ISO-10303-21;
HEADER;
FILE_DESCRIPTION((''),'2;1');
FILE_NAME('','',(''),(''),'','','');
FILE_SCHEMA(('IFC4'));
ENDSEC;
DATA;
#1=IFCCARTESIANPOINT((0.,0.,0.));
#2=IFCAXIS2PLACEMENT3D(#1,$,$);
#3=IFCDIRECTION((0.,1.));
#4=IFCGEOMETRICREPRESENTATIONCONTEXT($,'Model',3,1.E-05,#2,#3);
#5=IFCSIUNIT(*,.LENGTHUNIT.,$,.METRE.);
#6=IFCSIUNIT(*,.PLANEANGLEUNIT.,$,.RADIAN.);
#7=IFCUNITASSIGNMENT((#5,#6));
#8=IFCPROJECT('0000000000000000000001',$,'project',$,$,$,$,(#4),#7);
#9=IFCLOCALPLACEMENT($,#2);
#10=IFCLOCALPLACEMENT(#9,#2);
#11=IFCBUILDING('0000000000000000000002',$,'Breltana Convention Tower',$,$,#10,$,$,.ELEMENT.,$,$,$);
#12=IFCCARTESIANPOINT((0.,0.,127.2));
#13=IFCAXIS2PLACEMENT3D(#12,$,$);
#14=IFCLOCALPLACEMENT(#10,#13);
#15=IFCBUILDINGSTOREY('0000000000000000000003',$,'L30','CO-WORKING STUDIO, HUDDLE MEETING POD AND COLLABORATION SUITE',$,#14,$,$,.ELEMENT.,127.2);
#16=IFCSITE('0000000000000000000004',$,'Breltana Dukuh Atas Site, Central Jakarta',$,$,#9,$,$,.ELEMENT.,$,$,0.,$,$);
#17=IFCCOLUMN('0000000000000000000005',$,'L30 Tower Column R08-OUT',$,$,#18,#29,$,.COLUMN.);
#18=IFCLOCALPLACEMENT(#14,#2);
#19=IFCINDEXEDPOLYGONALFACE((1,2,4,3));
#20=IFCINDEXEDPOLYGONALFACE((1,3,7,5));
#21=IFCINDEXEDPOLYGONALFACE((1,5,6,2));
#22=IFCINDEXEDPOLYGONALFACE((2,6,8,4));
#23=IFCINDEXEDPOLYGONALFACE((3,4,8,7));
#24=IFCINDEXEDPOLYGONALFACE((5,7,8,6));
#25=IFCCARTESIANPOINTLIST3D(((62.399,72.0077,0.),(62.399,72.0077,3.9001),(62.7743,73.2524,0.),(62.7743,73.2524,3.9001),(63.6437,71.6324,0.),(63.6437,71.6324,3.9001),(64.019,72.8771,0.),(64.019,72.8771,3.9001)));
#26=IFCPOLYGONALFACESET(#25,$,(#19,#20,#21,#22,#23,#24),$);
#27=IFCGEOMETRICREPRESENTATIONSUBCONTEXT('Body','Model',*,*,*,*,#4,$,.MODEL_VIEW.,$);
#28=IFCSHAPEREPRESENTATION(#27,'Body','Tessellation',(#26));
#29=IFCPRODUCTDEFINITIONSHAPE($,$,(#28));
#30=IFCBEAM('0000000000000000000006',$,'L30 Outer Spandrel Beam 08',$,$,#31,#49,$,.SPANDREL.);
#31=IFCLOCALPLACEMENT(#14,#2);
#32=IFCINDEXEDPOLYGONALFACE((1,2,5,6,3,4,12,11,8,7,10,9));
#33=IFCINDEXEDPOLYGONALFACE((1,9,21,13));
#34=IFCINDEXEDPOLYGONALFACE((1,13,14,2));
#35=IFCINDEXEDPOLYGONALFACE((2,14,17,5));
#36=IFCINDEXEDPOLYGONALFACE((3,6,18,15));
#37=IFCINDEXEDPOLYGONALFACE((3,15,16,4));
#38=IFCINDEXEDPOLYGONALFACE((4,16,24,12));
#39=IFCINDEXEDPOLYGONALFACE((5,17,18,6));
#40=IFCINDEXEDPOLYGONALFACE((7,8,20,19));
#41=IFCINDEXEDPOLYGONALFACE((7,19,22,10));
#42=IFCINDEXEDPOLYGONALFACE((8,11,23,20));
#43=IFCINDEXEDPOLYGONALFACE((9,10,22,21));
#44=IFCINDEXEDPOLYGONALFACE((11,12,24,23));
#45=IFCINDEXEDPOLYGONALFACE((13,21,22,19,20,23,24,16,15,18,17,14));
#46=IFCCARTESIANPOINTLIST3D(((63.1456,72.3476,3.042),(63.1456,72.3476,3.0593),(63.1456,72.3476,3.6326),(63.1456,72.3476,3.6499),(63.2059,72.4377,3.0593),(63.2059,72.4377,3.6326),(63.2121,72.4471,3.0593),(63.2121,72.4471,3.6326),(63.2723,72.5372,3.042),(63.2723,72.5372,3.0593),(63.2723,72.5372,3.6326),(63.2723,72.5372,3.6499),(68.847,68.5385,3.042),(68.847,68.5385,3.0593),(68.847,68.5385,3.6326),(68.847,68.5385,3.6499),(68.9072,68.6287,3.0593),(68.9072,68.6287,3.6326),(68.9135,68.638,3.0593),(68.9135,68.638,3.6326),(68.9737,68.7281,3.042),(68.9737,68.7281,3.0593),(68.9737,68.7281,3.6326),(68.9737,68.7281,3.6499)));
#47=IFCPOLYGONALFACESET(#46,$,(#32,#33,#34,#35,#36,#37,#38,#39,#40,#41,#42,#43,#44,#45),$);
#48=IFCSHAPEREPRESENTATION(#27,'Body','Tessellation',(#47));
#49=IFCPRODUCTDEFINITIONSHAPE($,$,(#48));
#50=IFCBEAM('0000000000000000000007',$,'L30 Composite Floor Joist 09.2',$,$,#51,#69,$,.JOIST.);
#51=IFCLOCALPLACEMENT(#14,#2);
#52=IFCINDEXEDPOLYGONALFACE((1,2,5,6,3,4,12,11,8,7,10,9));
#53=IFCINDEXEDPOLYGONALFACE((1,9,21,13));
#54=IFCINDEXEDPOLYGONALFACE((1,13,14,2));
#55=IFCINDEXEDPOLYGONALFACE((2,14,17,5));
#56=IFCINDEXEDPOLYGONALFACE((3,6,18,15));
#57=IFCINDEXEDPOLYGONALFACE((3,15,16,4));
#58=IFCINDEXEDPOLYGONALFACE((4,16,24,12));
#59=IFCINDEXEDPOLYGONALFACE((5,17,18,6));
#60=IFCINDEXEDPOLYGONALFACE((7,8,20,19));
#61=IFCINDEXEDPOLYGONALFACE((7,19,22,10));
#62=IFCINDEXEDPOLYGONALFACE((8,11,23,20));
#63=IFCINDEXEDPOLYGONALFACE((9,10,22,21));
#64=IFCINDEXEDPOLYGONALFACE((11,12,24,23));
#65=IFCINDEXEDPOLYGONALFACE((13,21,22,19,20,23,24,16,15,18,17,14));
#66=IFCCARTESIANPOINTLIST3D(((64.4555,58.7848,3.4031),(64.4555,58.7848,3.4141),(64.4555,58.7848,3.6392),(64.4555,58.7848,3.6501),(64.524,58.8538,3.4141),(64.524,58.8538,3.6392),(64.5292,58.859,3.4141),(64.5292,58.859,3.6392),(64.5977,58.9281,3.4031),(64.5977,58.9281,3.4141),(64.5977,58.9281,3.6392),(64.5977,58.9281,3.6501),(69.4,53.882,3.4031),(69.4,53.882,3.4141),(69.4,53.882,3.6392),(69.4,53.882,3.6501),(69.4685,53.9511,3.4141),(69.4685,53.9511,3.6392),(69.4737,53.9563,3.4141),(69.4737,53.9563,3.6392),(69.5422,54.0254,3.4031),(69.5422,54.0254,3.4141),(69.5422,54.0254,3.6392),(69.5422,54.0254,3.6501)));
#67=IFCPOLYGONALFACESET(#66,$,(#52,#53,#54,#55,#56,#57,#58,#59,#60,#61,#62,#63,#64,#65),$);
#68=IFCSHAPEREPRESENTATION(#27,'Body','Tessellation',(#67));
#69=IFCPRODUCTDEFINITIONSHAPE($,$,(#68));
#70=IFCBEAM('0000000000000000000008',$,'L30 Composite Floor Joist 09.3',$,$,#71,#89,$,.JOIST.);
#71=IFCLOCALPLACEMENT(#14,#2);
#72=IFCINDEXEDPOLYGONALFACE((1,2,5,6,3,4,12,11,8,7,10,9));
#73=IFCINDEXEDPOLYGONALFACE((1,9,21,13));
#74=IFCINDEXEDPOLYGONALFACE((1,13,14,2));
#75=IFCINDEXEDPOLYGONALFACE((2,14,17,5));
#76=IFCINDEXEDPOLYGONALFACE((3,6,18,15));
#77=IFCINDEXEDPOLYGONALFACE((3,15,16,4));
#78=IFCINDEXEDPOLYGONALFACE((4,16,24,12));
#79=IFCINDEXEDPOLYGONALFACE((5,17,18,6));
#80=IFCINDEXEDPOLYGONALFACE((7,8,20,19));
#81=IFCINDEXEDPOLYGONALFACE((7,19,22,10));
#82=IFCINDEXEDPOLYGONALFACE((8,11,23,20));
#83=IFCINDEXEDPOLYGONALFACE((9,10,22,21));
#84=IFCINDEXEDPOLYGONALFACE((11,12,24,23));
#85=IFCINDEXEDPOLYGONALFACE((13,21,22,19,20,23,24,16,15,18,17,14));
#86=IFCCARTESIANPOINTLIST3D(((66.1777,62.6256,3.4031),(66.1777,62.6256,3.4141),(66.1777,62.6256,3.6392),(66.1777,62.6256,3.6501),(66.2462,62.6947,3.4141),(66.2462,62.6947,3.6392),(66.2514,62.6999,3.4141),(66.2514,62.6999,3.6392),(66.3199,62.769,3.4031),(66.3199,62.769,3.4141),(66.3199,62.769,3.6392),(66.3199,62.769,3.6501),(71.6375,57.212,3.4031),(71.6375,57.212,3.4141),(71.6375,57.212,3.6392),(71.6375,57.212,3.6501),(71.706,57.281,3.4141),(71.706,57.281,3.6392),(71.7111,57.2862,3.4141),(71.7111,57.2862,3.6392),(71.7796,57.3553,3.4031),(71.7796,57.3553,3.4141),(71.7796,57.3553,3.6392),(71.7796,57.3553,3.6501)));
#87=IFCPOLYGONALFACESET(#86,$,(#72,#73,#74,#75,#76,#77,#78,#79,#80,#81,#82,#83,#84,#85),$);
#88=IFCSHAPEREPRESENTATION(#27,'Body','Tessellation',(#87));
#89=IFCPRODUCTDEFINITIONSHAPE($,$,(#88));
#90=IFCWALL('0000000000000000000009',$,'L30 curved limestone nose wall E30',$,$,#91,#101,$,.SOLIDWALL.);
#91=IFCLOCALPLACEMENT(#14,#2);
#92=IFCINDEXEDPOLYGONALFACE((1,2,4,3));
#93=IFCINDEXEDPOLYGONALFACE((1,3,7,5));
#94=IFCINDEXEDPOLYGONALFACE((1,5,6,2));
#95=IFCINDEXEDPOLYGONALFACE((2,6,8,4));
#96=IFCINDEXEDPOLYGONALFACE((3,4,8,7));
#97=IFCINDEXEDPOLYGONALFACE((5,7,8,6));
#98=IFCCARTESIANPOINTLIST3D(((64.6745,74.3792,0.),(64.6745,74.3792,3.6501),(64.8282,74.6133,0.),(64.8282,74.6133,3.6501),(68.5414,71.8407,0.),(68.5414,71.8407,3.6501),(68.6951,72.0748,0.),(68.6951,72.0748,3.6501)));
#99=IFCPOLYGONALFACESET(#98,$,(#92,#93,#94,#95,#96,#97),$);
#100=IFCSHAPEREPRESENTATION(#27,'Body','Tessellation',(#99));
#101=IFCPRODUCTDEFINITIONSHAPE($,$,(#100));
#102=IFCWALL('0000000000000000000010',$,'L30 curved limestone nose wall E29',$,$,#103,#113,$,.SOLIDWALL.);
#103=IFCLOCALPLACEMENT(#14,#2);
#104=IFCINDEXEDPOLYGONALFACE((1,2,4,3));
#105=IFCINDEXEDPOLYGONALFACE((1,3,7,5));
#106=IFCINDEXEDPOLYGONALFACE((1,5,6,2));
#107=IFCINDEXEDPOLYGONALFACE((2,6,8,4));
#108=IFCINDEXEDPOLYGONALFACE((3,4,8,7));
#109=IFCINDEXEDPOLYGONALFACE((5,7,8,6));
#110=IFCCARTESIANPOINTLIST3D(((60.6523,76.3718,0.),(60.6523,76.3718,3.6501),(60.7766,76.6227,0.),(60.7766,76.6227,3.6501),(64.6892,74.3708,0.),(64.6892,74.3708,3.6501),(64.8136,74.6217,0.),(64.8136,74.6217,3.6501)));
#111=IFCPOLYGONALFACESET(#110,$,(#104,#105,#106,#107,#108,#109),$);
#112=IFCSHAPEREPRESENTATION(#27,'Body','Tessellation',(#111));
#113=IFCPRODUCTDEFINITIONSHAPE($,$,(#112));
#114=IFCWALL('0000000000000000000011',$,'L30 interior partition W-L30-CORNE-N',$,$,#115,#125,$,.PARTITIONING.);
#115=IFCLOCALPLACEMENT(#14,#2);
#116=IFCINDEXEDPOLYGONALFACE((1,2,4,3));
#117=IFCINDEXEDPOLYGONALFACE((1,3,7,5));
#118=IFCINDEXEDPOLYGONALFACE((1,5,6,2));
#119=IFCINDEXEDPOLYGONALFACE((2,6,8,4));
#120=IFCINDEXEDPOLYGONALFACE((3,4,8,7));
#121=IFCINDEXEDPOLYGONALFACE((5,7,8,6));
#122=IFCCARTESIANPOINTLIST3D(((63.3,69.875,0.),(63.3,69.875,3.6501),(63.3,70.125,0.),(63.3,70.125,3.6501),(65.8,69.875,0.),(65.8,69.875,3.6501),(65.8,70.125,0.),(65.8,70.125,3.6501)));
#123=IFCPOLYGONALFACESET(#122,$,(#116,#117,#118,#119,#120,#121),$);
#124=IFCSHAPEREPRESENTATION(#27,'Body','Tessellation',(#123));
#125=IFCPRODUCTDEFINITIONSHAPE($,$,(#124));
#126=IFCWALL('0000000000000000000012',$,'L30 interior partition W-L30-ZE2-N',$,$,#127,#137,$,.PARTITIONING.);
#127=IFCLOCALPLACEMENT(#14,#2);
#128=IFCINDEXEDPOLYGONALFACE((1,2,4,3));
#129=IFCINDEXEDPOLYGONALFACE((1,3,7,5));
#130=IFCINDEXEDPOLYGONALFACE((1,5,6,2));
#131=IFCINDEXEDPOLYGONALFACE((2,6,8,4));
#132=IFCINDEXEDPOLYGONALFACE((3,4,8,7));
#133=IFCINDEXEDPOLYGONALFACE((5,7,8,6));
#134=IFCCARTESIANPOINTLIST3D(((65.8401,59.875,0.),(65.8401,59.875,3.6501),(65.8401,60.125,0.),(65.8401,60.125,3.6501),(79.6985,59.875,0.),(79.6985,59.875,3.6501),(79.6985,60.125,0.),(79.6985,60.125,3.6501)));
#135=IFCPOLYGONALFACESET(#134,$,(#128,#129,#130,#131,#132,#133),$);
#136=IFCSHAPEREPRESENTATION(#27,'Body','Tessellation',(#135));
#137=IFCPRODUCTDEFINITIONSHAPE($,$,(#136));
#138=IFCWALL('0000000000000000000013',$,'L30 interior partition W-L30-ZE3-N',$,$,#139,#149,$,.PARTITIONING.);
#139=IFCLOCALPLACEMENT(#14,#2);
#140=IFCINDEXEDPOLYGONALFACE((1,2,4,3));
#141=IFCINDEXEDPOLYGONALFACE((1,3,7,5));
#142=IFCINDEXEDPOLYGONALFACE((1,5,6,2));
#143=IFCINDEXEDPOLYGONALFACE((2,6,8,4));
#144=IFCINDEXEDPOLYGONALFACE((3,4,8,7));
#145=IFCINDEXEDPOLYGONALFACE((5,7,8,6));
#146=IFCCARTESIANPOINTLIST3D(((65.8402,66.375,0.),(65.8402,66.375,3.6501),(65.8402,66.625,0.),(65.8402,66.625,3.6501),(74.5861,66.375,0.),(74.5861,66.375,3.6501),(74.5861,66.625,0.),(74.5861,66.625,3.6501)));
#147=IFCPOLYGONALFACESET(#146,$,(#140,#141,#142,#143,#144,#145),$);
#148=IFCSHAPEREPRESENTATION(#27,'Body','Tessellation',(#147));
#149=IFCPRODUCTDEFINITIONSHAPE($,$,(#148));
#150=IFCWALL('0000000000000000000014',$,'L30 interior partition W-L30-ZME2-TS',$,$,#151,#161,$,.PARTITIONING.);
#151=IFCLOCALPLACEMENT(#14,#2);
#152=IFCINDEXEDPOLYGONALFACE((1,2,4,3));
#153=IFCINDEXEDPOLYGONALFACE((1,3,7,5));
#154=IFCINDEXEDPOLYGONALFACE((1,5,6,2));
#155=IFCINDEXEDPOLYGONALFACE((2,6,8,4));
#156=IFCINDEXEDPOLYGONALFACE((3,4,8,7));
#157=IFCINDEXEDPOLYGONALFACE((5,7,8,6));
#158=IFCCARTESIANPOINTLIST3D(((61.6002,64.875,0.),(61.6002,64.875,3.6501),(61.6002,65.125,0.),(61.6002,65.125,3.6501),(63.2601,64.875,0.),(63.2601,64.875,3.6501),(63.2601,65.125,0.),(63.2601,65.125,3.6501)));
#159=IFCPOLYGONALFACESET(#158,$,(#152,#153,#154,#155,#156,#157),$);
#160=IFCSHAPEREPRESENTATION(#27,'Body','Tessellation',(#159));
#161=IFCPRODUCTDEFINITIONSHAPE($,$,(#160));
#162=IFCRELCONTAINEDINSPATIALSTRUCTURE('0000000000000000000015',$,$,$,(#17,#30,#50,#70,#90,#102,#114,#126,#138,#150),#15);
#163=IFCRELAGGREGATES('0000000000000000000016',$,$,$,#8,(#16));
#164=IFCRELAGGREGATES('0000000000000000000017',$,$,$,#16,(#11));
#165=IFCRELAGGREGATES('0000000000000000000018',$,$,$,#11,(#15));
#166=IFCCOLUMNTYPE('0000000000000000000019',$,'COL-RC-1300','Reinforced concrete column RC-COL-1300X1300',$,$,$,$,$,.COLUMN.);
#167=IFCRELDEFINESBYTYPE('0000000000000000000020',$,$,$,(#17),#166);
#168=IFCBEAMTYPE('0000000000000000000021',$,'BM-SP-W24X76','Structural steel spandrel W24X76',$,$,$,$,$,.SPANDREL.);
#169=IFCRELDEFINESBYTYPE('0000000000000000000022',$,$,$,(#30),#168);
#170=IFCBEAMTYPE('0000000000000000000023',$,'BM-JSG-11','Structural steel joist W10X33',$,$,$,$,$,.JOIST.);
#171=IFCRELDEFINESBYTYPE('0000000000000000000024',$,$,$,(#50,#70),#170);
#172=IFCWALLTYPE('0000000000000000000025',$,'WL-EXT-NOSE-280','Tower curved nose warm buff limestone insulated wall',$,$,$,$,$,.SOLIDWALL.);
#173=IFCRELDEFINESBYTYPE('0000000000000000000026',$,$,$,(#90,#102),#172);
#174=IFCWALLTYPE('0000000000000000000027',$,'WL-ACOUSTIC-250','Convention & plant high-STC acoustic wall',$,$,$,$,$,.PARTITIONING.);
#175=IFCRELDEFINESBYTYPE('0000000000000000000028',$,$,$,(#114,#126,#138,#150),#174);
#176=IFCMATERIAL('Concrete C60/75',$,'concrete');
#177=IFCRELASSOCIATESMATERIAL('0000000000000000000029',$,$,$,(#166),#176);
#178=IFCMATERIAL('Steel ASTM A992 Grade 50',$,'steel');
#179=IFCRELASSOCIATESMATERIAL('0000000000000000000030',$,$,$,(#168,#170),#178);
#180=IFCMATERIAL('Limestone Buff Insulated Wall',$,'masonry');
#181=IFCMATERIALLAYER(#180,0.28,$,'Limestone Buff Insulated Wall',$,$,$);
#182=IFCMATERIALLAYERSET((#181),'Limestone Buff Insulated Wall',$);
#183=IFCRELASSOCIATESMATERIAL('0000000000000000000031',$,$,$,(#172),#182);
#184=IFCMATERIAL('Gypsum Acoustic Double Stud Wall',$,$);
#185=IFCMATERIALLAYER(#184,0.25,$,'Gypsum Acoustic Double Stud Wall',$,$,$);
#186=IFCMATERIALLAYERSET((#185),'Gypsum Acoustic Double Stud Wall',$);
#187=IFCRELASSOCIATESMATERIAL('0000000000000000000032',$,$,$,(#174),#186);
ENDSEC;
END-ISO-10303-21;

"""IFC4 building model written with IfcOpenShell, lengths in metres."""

from ifc_helpers import new_model, si_unit, direction, frame, frame_2d, origin, origin_2d, place, context, subcontext, project, spatial, rectangle, i_section, extrude, source, transform, mapped, material, layer, layer_set, material_profile, profile_set, type_object, element, save


model = new_model("IFC4")

# Units and contexts
model_context = context("Model", 3, precision=1e-05, world=origin(), true_north=direction((0.0, 1.0)))
body_context = subcontext(model_context, "Body", "Model", "MODEL_VIEW")
ifc_project = project(units=[si_unit("LENGTHUNIT", "METRE"), si_unit("PLANEANGLEUNIT", "RADIAN")], contexts=[model_context])

# Site, building, storey
site_placement = place(None, origin())
site = spatial("IfcSite", under=ifc_project, at=site_placement, Name="Breltana Dukuh Atas Site, Central Jakarta", CompositionType="ELEMENT", RefElevation=0.0)
building_placement = place(site_placement, origin())
building = spatial("IfcBuilding", under=site, at=building_placement, Name="Breltana Convention Tower", CompositionType="ELEMENT")
storey_placement = place(building_placement, frame((0.0, 0.0, 127.2)))
storey = spatial("IfcBuildingStorey", under=building, at=storey_placement, Name="L30", Description="CO-WORKING STUDIO, HUDDLE MEETING POD AND COLLABORATION SUITE", CompositionType="ELEMENT", Elevation=127.2)

# Column
ifc_material_1 = material(Name="Concrete C60/75", Category="concrete")
ifc_material_profile_1 = material_profile(ifc_material_1, rectangle(XDim=1.3, YDim=1.3, at=origin_2d()), Name="RC-COL-1300X1300")
ifc_profile_set_1 = profile_set([ifc_material_profile_1], Name="Concrete C60/75")
column_type = type_object("IfcColumnType", Name="COL-RC-1300", Description="Reinforced concrete column RC-COL-1300X1300", PredefinedType="COLUMN", material=ifc_profile_set_1)
shared_shape_1 = source(origin(), body_context, "Body", "SweptSolid", [
    extrude(rectangle(XDim=1.3, YDim=1.3, at=origin_2d()), origin(), (0.0, 0.0, 1.0), 3.9001),
])
column_placement = place(storey_placement, frame((63.209, 72.4424, 0.0), z_axis=(0.0, 0.0, 1.0), x_axis=(0.288698, 0.95742, 0.0)))
element("IfcColumn", 1, at=column_placement, inside=storey, type_object=column_type, Name="L30 Tower Column R08-OUT", PredefinedType="COLUMN", context=body_context, shape_type="MappedRepresentation", body=[
    mapped(shared_shape_1, transform((0.0, 0.0, 0.0), scale=1.0)),
])

# Beams
ifc_material_2 = material(Name="Steel ASTM A992 Grade 50", Category="steel")
ifc_material_profile_2 = material_profile(ifc_material_2, i_section(OverallWidth=0.228, OverallDepth=0.6079, WebThickness=0.0112, FlangeThickness=0.0173, at=origin_2d()), Name="W24X76")
ifc_profile_set_2 = profile_set([ifc_material_profile_2], Name="Steel ASTM A992 Grade 50")
beam_type_1 = type_object("IfcBeamType", Name="BM-SP-W24X76", Description="Structural steel spandrel W24X76", PredefinedType="SPANDREL", material=ifc_profile_set_2)
shared_shape_2 = source(origin(), body_context, "Body", "SweptSolid", [
    extrude(i_section(OverallWidth=0.228, OverallDepth=0.6079, WebThickness=0.0112, FlangeThickness=0.0173, at=origin_2d()), origin(), (0.0, 0.0, 1.0), 6.8567),
])
beam_1_placement = place(storey_placement, frame((63.209, 72.4424, 3.3459), z_axis=(0.831502, -0.555522, 0.0), x_axis=(0.555522, 0.831502, 0.0)))
element("IfcBeam", 2, at=beam_1_placement, inside=storey, type_object=beam_type_1, Name="L30 Outer Spandrel Beam 08", PredefinedType="SPANDREL", context=body_context, shape_type="MappedRepresentation", body=[
    mapped(shared_shape_2, transform((0.0, 0.0, 0.0), scale=1.0)),
])
ifc_material_profile_3 = material_profile(ifc_material_2, i_section(OverallWidth=0.2019, OverallDepth=0.2471, WebThickness=0.0073, FlangeThickness=0.011, at=origin_2d()), Name="W10X33")
ifc_profile_set_3 = profile_set([ifc_material_profile_3], Name="Steel ASTM A992 Grade 50")
beam_type_2 = type_object("IfcBeamType", Name="BM-JSG-11", Description="Structural steel joist W10X33", PredefinedType="JOIST", material=ifc_profile_set_3)
shared_shape_3 = source(origin(), body_context, "Body", "SweptSolid", [
    extrude(i_section(OverallWidth=0.2019, OverallDepth=0.2471, WebThickness=0.0073, FlangeThickness=0.011, at=origin_2d()), origin(), (0.0, 0.0, 1.0), 6.9631),
])
beam_2_placement = place(storey_placement, frame((64.5266, 58.8564, 3.5266), z_axis=(0.710098, -0.704103, 0.0), x_axis=(0.704103, 0.710098, 0.0)))
element("IfcBeam", 3, at=beam_2_placement, inside=storey, type_object=beam_type_2, Name="L30 Composite Floor Joist 09.2", PredefinedType="JOIST", context=body_context, shape_type="MappedRepresentation", body=[
    mapped(shared_shape_3, transform((0.0, 0.0, 0.0), scale=1.0)),
])
shared_shape_4 = source(origin(), body_context, "Body", "SweptSolid", [
    extrude(i_section(OverallWidth=0.2019, OverallDepth=0.2471, WebThickness=0.0073, FlangeThickness=0.011, at=origin_2d()), origin(), (0.0, 0.0, 1.0), 7.6887),
])
beam_3_placement = place(storey_placement, frame((66.2488, 62.6973, 3.5266), z_axis=(0.710101, -0.7041, 0.0), x_axis=(0.7041, 0.710101, 0.0)))
element("IfcBeam", 4, at=beam_3_placement, inside=storey, type_object=beam_type_2, Name="L30 Composite Floor Joist 09.3", PredefinedType="JOIST", context=body_context, shape_type="MappedRepresentation", body=[
    mapped(shared_shape_4, transform((0.0, 0.0, 0.0), scale=1.0)),
])

# Walls
ifc_material_3 = material(Name="Limestone Buff Insulated Wall", Category="masonry")
ifc_layer_1 = layer(ifc_material_3, 0.28, Name="Limestone Buff Insulated Wall")
ifc_layer_set_1 = layer_set([ifc_layer_1], Name="Limestone Buff Insulated Wall")
wall_type_1 = type_object("IfcWallType", Name="WL-EXT-NOSE-280", Description="Tower curved nose warm buff limestone insulated wall", PredefinedType="SOLIDWALL", material=ifc_layer_set_1)
shared_shape_5 = source(origin(), body_context, "Body", "SweptSolid", [
    extrude(rectangle(XDim=4.6257, YDim=0.28, at=frame_2d((2.313, 0.0))), origin(), (0.0, 0.0, 1.0), 3.6501),
])
wall_1_placement = place(storey_placement, frame((64.7512, 74.4963, 0.0), z_axis=(0.0, 0.0, 1.0), x_axis=(0.835959, -0.548791, 0.0)))
element("IfcWall", 5, at=wall_1_placement, inside=storey, type_object=wall_type_1, Name="L30 curved limestone nose wall E30", PredefinedType="SOLIDWALL", context=body_context, shape_type="MappedRepresentation", body=[
    mapped(shared_shape_5, transform((0.0, 0.0, 0.0), scale=1.0)),
])
shared_shape_6 = source(origin(), body_context, "Body", "SweptSolid", [
    extrude(rectangle(XDim=4.5056, YDim=0.28, at=frame_2d((2.2529, 0.0))), origin(), (0.0, 0.0, 1.0), 3.6501),
])
wall_2_placement = place(storey_placement, frame((60.7144, 76.4973, 0.0), z_axis=(0.0, 0.0, 1.0), x_axis=(0.895972, -0.444111, 0.0)))
element("IfcWall", 6, at=wall_2_placement, inside=storey, type_object=wall_type_1, Name="L30 curved limestone nose wall E29", PredefinedType="SOLIDWALL", context=body_context, shape_type="MappedRepresentation", body=[
    mapped(shared_shape_6, transform((0.0, 0.0, 0.0), scale=1.0)),
])
ifc_material_4 = material(Name="Gypsum Acoustic Double Stud Wall")
ifc_layer_2 = layer(ifc_material_4, 0.25, Name="Gypsum Acoustic Double Stud Wall")
ifc_layer_set_2 = layer_set([ifc_layer_2], Name="Gypsum Acoustic Double Stud Wall")
wall_type_2 = type_object("IfcWallType", Name="WL-ACOUSTIC-250", Description="Convention & plant high-STC acoustic wall", PredefinedType="PARTITIONING", material=ifc_layer_set_2)
shared_shape_7 = source(origin(), body_context, "Body", "SweptSolid", [
    extrude(rectangle(XDim=2.5, YDim=0.25, at=frame_2d((1.25, 0.0))), origin(), (0.0, 0.0, 1.0), 3.6501),
])
wall_3_placement = place(storey_placement, frame((63.3, 70.0, 0.0), z_axis=(0.0, 0.0, 1.0), x_axis=(1.0, 0.0, 0.0)))
element("IfcWall", 7, at=wall_3_placement, inside=storey, type_object=wall_type_2, Name="L30 interior partition W-L30-CORNE-N", PredefinedType="PARTITIONING", context=body_context, shape_type="MappedRepresentation", body=[
    mapped(shared_shape_7, transform((0.0, 0.0, 0.0), scale=1.0)),
])
shared_shape_8 = source(origin(), body_context, "Body", "SweptSolid", [
    extrude(rectangle(XDim=13.8584, YDim=0.25, at=frame_2d((6.9292, 0.0))), origin(), (0.0, 0.0, 1.0), 3.6501),
])
wall_4_placement = place(storey_placement, frame((65.8401, 60.0, 0.0), z_axis=(0.0, 0.0, 1.0), x_axis=(1.0, 0.0, 0.0)))
element("IfcWall", 8, at=wall_4_placement, inside=storey, type_object=wall_type_2, Name="L30 interior partition W-L30-ZE2-N", PredefinedType="PARTITIONING", context=body_context, shape_type="MappedRepresentation", body=[
    mapped(shared_shape_8, transform((0.0, 0.0, 0.0), scale=1.0)),
])

# Wall
shared_shape_9 = source(origin(), body_context, "Body", "SweptSolid", [
    extrude(rectangle(XDim=8.7458, YDim=0.25, at=frame_2d((4.373, 0.0))), origin(), (0.0, 0.0, 1.0), 3.6501),
])
wall_5_placement = place(storey_placement, frame((65.8401, 66.5, 0.0), z_axis=(0.0, 0.0, 1.0), x_axis=(1.0, 0.0, 0.0)))
element("IfcWall", 9, at=wall_5_placement, inside=storey, type_object=wall_type_2, Name="L30 interior partition W-L30-ZE3-N", PredefinedType="PARTITIONING", context=body_context, shape_type="MappedRepresentation", body=[
    mapped(shared_shape_9, transform((0.0, 0.0, 0.0), scale=1.0)),
])

# Wall
shared_shape_10 = source(origin(), body_context, "Body", "SweptSolid", [
    extrude(rectangle(XDim=1.6599, YDim=0.25, at=frame_2d((0.8301, 0.0))), origin(), (0.0, 0.0, 1.0), 3.6501),
])
wall_6_placement = place(storey_placement, frame((61.6001, 65.0, 0.0), z_axis=(0.0, 0.0, 1.0), x_axis=(1.0, 0.0, 0.0)))
element("IfcWall", 10, at=wall_6_placement, inside=storey, type_object=wall_type_2, Name="L30 interior partition W-L30-ZME2-TS", PredefinedType="PARTITIONING", context=body_context, shape_type="MappedRepresentation", body=[
    mapped(shared_shape_10, transform((0.0, 0.0, 0.0), scale=1.0)),
])

save(model, "model.ifc")
